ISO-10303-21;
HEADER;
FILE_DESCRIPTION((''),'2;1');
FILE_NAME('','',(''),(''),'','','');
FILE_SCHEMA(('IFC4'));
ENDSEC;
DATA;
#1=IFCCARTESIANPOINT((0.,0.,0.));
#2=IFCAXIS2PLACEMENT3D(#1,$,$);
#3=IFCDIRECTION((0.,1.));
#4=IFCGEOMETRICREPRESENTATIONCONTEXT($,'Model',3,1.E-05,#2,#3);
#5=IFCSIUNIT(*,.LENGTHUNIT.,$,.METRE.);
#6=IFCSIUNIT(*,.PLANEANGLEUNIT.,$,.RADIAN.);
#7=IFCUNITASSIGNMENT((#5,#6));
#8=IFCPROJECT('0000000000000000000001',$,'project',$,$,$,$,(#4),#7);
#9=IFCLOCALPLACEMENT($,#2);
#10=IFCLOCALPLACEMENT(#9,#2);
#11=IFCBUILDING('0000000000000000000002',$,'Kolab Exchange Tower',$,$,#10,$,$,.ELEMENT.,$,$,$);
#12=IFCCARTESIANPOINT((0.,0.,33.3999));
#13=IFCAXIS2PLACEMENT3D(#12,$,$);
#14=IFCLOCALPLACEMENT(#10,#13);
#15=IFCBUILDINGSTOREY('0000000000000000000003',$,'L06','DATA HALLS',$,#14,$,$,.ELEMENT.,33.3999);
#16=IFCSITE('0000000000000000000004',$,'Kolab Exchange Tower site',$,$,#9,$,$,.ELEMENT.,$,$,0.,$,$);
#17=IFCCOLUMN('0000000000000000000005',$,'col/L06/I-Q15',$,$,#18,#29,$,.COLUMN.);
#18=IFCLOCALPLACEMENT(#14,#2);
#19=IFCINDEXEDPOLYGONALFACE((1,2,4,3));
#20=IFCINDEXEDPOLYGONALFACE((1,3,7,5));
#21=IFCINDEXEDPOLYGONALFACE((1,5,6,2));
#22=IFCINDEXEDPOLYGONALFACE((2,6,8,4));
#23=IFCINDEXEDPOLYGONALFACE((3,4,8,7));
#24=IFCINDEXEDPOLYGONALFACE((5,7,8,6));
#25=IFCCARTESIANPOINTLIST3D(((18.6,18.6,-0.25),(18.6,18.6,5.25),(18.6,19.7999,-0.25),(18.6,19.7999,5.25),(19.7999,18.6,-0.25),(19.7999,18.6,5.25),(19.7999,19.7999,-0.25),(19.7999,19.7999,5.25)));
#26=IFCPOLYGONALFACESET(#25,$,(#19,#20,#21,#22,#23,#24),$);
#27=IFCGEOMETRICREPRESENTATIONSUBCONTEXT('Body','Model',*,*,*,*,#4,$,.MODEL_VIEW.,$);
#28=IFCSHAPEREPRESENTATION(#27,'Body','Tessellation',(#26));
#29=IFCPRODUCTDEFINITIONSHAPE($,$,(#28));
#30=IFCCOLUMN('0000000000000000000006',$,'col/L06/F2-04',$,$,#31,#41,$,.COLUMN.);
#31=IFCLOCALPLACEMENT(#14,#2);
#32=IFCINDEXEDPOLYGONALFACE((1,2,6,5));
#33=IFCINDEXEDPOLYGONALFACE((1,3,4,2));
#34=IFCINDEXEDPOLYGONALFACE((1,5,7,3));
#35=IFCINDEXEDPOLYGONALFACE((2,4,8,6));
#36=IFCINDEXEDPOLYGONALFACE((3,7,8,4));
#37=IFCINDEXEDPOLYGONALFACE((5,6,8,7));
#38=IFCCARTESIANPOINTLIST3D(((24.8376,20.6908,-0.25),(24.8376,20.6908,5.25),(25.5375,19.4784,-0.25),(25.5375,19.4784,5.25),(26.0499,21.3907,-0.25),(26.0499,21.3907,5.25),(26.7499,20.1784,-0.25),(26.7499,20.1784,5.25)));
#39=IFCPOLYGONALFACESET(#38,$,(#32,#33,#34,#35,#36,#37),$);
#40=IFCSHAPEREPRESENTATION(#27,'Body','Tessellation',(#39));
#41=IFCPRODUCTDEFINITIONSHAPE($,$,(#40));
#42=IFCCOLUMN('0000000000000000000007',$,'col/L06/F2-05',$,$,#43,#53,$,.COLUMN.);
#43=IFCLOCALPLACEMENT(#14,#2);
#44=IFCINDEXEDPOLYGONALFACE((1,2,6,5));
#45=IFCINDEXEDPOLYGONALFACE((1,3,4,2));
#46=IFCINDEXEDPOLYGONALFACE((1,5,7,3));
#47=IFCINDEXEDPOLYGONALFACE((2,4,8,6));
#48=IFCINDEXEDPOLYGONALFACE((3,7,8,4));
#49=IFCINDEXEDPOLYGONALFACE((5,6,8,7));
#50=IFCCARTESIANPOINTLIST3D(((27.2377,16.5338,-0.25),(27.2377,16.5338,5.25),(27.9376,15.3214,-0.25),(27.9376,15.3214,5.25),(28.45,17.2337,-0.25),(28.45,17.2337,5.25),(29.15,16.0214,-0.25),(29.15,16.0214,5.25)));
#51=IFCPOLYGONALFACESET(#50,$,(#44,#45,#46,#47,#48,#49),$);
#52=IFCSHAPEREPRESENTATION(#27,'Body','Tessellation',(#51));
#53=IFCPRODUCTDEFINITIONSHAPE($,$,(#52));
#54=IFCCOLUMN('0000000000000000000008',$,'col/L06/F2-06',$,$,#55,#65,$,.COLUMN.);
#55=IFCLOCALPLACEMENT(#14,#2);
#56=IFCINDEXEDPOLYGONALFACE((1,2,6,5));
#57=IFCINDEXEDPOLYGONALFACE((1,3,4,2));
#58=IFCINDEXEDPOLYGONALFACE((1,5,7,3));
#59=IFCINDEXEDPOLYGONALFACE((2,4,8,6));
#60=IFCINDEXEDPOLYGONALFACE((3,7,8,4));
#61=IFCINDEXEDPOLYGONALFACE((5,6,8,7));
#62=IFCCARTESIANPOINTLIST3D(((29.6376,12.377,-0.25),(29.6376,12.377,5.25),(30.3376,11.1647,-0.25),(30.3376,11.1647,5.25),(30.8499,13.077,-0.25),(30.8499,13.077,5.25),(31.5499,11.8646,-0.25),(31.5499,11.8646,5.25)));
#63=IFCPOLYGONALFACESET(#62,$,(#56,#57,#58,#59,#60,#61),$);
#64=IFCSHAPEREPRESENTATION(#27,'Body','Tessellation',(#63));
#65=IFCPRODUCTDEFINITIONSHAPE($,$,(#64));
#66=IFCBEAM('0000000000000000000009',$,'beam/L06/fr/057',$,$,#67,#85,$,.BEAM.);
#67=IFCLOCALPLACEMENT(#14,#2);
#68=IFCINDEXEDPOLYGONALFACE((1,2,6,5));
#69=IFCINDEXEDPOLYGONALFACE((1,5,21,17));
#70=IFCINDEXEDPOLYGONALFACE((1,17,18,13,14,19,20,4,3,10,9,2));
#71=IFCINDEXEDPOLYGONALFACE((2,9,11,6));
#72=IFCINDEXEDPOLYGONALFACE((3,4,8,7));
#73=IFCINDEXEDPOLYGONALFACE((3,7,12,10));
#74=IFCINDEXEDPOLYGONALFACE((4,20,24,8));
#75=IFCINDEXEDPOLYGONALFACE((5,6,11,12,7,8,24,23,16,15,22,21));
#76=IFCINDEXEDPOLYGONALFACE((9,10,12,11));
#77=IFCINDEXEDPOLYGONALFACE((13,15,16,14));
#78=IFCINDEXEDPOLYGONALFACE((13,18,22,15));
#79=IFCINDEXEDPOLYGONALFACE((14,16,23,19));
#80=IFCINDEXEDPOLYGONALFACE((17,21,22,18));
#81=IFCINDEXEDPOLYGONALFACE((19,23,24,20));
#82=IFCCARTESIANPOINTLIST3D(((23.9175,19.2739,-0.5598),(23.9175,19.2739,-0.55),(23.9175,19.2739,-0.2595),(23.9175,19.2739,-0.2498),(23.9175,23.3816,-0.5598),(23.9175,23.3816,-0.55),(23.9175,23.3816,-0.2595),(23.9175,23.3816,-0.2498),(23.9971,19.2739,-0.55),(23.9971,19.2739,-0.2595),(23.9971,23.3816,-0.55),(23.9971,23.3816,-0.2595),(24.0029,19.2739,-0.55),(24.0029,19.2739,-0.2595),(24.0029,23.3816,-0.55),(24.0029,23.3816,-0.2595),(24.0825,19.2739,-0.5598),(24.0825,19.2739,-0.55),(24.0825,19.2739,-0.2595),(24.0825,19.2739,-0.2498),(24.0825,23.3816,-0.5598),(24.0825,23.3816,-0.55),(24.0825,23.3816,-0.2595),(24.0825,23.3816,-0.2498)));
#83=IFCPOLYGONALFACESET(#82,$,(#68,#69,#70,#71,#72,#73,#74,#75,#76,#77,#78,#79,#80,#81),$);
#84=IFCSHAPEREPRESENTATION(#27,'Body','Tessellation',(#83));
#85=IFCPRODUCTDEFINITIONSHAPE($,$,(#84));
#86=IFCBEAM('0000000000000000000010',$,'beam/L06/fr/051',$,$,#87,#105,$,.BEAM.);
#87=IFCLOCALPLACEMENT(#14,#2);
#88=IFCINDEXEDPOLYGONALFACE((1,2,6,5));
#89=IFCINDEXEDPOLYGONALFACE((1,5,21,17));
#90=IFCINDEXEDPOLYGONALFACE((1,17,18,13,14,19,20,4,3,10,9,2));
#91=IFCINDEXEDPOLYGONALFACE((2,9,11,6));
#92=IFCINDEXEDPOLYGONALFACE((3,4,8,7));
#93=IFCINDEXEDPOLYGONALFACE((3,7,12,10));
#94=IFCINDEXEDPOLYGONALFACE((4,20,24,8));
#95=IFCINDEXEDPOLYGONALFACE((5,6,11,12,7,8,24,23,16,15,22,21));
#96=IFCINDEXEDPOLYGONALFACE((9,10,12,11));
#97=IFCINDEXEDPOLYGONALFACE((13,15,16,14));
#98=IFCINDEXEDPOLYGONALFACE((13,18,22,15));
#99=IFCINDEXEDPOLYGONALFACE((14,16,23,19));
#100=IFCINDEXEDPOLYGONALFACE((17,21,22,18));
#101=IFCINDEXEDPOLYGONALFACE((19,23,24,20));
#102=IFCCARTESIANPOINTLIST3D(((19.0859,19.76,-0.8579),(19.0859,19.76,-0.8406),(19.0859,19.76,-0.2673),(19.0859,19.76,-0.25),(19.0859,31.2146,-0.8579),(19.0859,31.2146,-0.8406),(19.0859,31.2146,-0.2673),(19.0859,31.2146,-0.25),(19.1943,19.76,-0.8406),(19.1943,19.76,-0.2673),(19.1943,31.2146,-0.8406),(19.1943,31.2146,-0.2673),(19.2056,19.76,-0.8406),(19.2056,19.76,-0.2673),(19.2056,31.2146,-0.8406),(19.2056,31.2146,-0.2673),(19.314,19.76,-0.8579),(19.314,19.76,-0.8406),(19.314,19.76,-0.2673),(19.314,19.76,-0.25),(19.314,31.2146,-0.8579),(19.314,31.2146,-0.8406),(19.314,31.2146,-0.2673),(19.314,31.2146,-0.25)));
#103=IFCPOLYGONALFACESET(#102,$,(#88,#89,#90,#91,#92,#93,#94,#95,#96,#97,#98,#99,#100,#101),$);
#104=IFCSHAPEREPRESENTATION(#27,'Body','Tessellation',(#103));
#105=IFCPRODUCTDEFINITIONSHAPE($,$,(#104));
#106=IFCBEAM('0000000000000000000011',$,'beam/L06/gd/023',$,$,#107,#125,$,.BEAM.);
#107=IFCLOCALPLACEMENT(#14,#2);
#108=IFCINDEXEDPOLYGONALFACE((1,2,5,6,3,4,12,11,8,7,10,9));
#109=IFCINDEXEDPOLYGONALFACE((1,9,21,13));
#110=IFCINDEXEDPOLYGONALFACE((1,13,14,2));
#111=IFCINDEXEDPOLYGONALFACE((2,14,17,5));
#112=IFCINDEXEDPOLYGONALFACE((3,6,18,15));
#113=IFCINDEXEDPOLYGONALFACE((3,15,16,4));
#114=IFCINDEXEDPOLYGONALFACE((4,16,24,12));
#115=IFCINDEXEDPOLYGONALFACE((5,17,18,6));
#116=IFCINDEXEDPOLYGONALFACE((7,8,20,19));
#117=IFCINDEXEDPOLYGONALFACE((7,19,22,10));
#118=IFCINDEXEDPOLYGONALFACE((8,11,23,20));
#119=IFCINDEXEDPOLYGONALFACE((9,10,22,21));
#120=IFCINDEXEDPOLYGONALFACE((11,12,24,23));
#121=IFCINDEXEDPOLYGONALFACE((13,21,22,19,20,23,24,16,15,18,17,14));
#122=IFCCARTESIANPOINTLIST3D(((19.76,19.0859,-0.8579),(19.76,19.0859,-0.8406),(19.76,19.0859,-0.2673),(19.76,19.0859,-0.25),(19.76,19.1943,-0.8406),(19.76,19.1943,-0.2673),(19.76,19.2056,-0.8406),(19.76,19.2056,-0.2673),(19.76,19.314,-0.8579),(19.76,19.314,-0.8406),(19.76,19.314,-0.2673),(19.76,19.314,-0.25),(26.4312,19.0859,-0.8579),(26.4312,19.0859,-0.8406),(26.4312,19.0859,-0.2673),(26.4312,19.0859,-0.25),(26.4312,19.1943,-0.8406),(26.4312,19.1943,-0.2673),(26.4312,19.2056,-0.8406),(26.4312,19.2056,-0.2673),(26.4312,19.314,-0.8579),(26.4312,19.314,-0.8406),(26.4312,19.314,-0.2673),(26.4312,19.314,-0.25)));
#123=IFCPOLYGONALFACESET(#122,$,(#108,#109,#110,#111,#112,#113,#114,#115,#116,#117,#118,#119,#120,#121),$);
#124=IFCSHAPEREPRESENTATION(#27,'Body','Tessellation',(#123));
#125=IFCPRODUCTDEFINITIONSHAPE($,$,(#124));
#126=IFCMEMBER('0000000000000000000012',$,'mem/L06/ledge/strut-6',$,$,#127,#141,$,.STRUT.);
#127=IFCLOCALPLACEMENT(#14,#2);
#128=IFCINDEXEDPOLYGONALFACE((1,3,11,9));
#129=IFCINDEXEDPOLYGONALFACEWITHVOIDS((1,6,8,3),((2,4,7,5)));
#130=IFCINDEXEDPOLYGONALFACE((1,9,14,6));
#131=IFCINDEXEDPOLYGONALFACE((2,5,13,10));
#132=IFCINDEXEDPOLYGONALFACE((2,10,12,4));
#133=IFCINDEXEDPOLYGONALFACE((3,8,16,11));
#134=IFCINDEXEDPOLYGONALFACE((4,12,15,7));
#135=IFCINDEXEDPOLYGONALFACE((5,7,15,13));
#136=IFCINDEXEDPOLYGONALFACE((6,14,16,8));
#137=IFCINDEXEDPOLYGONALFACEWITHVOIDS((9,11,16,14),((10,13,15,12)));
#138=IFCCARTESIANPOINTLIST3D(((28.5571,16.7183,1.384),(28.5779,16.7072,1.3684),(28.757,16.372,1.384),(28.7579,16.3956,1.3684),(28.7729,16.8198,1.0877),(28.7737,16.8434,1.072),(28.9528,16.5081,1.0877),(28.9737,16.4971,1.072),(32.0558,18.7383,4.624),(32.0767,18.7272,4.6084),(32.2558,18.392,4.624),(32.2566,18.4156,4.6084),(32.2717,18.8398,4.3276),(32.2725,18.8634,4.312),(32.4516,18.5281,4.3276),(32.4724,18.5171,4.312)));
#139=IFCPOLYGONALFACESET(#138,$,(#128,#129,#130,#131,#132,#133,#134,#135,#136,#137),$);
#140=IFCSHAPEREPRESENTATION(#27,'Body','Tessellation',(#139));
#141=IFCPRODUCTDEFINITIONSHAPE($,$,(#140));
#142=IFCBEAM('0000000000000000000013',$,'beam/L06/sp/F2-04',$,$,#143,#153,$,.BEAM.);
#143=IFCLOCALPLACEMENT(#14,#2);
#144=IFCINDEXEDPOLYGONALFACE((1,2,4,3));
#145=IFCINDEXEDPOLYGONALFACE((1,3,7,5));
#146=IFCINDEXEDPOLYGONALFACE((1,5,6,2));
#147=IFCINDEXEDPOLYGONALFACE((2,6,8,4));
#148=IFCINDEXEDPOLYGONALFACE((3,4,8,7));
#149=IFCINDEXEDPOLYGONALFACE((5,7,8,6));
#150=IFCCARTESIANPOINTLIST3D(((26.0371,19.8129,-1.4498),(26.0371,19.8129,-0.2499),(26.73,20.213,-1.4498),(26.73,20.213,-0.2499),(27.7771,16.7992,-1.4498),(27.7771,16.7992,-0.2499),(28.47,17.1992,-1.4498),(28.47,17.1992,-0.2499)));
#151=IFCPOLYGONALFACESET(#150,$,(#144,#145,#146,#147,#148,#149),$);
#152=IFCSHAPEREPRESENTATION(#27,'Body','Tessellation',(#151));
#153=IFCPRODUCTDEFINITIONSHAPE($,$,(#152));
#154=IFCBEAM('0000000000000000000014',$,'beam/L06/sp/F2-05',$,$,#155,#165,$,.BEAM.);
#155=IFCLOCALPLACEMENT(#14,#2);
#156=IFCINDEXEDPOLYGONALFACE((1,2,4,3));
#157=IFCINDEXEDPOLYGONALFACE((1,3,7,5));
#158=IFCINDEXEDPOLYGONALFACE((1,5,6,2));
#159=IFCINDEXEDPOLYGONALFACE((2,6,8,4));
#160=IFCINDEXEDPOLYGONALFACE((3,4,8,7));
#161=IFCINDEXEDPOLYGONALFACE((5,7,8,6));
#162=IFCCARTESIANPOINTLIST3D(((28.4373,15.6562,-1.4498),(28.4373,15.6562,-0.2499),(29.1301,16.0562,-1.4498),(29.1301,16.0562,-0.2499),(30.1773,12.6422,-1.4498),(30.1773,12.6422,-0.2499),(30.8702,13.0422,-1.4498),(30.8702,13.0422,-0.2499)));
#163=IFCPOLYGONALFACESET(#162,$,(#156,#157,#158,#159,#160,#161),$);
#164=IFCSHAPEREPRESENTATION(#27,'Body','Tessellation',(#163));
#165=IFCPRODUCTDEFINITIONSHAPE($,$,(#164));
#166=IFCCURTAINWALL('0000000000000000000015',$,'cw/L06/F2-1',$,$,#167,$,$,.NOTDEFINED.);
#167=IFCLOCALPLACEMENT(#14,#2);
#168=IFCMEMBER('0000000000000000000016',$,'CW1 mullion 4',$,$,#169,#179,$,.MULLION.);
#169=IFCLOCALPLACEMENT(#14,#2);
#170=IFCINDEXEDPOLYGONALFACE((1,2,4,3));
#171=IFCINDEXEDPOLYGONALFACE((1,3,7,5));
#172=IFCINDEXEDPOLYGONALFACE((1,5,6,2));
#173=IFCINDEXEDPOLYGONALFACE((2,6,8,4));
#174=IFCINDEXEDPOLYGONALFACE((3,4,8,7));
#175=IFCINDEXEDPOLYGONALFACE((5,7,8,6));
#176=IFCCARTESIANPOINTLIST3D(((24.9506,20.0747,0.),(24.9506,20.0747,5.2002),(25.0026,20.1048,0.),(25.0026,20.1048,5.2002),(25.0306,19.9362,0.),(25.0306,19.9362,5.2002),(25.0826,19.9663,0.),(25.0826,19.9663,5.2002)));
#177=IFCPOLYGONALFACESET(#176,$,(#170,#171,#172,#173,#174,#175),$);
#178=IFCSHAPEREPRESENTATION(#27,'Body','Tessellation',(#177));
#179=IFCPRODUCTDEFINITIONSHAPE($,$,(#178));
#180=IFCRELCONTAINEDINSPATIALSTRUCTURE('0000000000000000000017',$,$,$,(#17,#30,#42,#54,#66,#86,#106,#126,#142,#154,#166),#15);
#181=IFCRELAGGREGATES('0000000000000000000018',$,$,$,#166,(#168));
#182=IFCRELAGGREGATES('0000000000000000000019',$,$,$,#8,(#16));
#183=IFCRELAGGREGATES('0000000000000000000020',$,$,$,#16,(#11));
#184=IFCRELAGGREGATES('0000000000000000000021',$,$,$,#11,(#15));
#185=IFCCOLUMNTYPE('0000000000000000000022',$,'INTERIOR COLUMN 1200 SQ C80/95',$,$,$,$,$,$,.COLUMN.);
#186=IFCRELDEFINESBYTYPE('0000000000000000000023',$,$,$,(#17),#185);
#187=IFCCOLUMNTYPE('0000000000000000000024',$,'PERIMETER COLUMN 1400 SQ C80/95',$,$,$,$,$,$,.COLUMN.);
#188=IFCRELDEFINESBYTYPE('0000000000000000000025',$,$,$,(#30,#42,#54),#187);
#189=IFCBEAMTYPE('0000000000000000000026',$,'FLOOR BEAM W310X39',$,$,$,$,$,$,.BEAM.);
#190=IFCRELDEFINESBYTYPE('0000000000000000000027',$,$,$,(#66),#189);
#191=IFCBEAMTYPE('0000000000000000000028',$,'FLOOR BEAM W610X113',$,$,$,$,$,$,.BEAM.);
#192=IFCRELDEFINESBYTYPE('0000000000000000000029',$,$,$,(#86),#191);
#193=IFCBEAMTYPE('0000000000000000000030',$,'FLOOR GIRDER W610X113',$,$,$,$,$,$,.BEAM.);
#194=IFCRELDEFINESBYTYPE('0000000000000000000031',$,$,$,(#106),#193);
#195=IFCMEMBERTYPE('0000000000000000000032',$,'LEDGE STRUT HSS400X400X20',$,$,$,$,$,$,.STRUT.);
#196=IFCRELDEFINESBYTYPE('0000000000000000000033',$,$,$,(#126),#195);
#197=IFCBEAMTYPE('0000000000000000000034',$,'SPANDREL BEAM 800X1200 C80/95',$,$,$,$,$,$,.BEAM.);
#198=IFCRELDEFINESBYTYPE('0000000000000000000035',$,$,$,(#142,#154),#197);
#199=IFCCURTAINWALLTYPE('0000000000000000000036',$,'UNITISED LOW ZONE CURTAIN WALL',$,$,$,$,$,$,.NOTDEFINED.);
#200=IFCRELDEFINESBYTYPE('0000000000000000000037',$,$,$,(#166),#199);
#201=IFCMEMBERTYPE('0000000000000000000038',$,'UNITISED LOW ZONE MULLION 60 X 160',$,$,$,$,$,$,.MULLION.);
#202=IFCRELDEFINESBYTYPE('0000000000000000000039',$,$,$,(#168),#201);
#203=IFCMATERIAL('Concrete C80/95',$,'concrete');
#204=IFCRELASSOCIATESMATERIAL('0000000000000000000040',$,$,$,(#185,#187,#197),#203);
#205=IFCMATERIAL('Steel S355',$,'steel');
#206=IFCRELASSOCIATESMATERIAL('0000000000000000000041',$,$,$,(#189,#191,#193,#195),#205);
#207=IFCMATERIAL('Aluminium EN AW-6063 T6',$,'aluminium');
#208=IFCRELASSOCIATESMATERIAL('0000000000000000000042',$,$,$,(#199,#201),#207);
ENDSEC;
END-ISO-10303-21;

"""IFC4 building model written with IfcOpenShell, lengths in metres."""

from ifc_helpers import new_model, si_unit, direction, frame, origin, origin_2d, place, context, subcontext, project, spatial, rectangle, hollow_rectangle, i_section, extrude, material, material_profile, profile_set, type_object, element, aggregate, save


model = new_model("IFC4")

# Units and contexts
model_context = context("Model", 3, precision=1e-05, world=origin(), true_north=direction((0.0, 1.0)))
body_context = subcontext(model_context, "Body", "Model", "MODEL_VIEW")
ifc_project = project(units=[si_unit("LENGTHUNIT", "METRE"), si_unit("PLANEANGLEUNIT", "RADIAN")], contexts=[model_context])

# Site, building, storey
site_placement = place(None, origin())
site = spatial("IfcSite", under=ifc_project, at=site_placement, Name="Kolab Exchange Tower site", CompositionType="ELEMENT", RefElevation=0.0)
building_placement = place(site_placement, origin())
building = spatial("IfcBuilding", under=site, at=building_placement, Name="Kolab Exchange Tower", CompositionType="ELEMENT")
storey_placement = place(building_placement, frame((0.0, 0.0, 33.3999)))
storey = spatial("IfcBuildingStorey", under=building, at=storey_placement, Name="L06", Description="DATA HALLS", CompositionType="ELEMENT", Elevation=33.3999)

# Columns
ifc_material_1 = material(Name="Concrete C80/95", Category="concrete")
ifc_material_profile_1 = material_profile(ifc_material_1, rectangle(XDim=1.2, YDim=1.2, at=origin_2d()), Name="RC1200")
ifc_profile_set_1 = profile_set([ifc_material_profile_1], Name="Concrete C80/95")
column_type_1 = type_object("IfcColumnType", Name="INTERIOR COLUMN 1200 SQ C80/95", PredefinedType="COLUMN", material=ifc_profile_set_1)
column_placement = place(storey_placement, frame((19.2, 19.2, -0.25), z_axis=(0.0, 0.0, 1.0), x_axis=(1.0, 0.0, 0.0)))
element("IfcColumn", 1, at=column_placement, inside=storey, type_object=column_type_1, Name="col/L06/I-Q15", PredefinedType="COLUMN", context=body_context, shape_type="SweptSolid", body=[
    extrude(rectangle(XDim=1.2, YDim=1.2, at=origin_2d()), origin(), (0.0, 0.0, 1.0), 5.5),
])
ifc_material_profile_2 = material_profile(ifc_material_1, rectangle(XDim=1.3999, YDim=1.3999, at=origin_2d()), Name="RC1400")
ifc_profile_set_2 = profile_set([ifc_material_profile_2], Name="Concrete C80/95")
column_type_2 = type_object("IfcColumnType", Name="PERIMETER COLUMN 1400 SQ C80/95", PredefinedType="COLUMN", material=ifc_profile_set_2)
for number, where, z_axis, x_axis, name in (
    (2, (25.7937, 20.4346, -0.25), (0.0, 0.0, 1.0), (0.866025, 0.5, 0.0), "col/L06/F2-04"),
    (3, (28.1938, 16.2776, -0.25), (0.0, 0.0, 1.0), (0.866025, 0.5, 0.0), "col/L06/F2-05"),
    (4, (30.5938, 12.1208, -0.25), (0.0, 0.0, 1.0), (0.866025, 0.5, 0.0), "col/L06/F2-06"),
):
    element("IfcColumn", number, at=place(storey_placement, frame(where, z_axis=z_axis, x_axis=x_axis)), inside=storey, type_object=column_type_2, Name=name, PredefinedType="COLUMN", context=body_context, shape_type="SweptSolid", body=[
        extrude(rectangle(XDim=1.3999, YDim=1.3999, at=origin_2d()), origin(), (0.0, 0.0, 1.0), 5.5),
    ])

# Beams
ifc_material_2 = material(Name="Steel S355", Category="steel")
ifc_material_profile_3 = material_profile(ifc_material_2, i_section(OverallWidth=0.165, OverallDepth=0.3101, WebThickness=0.0059, FlangeThickness=0.0098, at=origin_2d()), Name="W310X39")
ifc_profile_set_3 = profile_set([ifc_material_profile_3], Name="Steel S355")
beam_type_1 = type_object("IfcBeamType", Name="FLOOR BEAM W310X39", PredefinedType="BEAM", material=ifc_profile_set_3)
beam_1_placement = place(storey_placement, frame((24.0, 19.2739, -0.4048), z_axis=(0.0, 1.0, 0.0), x_axis=(-1.0, 0.0, 0.0)))
element("IfcBeam", 5, at=beam_1_placement, inside=storey, type_object=beam_type_1, Name="beam/L06/fr/057", PredefinedType="BEAM", context=body_context, shape_type="SweptSolid", body=[
    extrude(i_section(OverallWidth=0.165, OverallDepth=0.3101, WebThickness=0.0059, FlangeThickness=0.0098, at=origin_2d()), origin(), (0.0, 0.0, 1.0), 4.1077),
])
ifc_material_profile_4 = material_profile(ifc_material_2, i_section(OverallWidth=0.228, OverallDepth=0.6079, WebThickness=0.0112, FlangeThickness=0.0173, at=origin_2d()), Name="W610X113")
ifc_profile_set_4 = profile_set([ifc_material_profile_4], Name="Steel S355")
beam_type_2 = type_object("IfcBeamType", Name="FLOOR BEAM W610X113", PredefinedType="BEAM", material=ifc_profile_set_4)
beam_2_placement = place(storey_placement, frame((19.2, 19.76, -0.554), z_axis=(0.0, 1.0, 0.0), x_axis=(-1.0, 0.0, 0.0)))
element("IfcBeam", 6, at=beam_2_placement, inside=storey, type_object=beam_type_2, Name="beam/L06/fr/051", PredefinedType="BEAM", context=body_context, shape_type="SweptSolid", body=[
    extrude(i_section(OverallWidth=0.228, OverallDepth=0.6079, WebThickness=0.0112, FlangeThickness=0.0173, at=origin_2d()), origin(), (0.0, 0.0, 1.0), 11.4546),
])
ifc_material_profile_5 = material_profile(ifc_material_2, i_section(OverallWidth=0.228, OverallDepth=0.6079, WebThickness=0.0112, FlangeThickness=0.0173, at=origin_2d()), Name="W610X113")
ifc_profile_set_5 = profile_set([ifc_material_profile_5], Name="Steel S355")
beam_type_3 = type_object("IfcBeamType", Name="FLOOR GIRDER W610X113", PredefinedType="BEAM", material=ifc_profile_set_5)
beam_3_placement = place(storey_placement, frame((19.76, 19.2, -0.554), z_axis=(1.0, 0.0, 0.0), x_axis=(0.0, 1.0, 0.0)))
element("IfcBeam", 7, at=beam_3_placement, inside=storey, type_object=beam_type_3, Name="beam/L06/gd/023", PredefinedType="BEAM", context=body_context, shape_type="SweptSolid", body=[
    extrude(i_section(OverallWidth=0.228, OverallDepth=0.6079, WebThickness=0.0112, FlangeThickness=0.0173, at=origin_2d()), origin(), (0.0, 0.0, 1.0), 6.6711),
])

# Member
ifc_material_profile_6 = material_profile(ifc_material_2, hollow_rectangle(XDim=0.3999, YDim=0.3999, WallThickness=0.02, at=origin_2d()), Name="HSS400X400X20")
ifc_profile_set_6 = profile_set([ifc_material_profile_6], Name="Steel S355")
member_type_1 = type_object("IfcMemberType", Name="LEDGE STRUT HSS400X400X20", PredefinedType="STRUT", material=ifc_profile_set_6)
member_1_placement = place(storey_placement, frame((28.7654, 16.6077, 1.228), z_axis=(0.675603, 0.390059, 0.625631), x_axis=(-0.5, 0.866026, 0.0)))
element("IfcMember", 8, at=member_1_placement, inside=storey, type_object=member_type_1, Name="mem/L06/ledge/strut-6", PredefinedType="STRUT", context=body_context, shape_type="SweptSolid", body=[
    extrude(hollow_rectangle(XDim=0.3999, YDim=0.3999, WallThickness=0.02, at=origin_2d()), origin(), (0.0, 0.0, 1.0), 5.1787),
])

# Beams
ifc_material_profile_7 = material_profile(ifc_material_1, rectangle(XDim=0.8, YDim=1.2, at=origin_2d()), Name="RC800X1200")
ifc_profile_set_7 = profile_set([ifc_material_profile_7], Name="Concrete C80/95")
beam_type_4 = type_object("IfcBeamType", Name="SPANDREL BEAM 800X1200 C80/95", PredefinedType="BEAM", material=ifc_profile_set_7)
beam_4_placement = place(storey_placement, frame((26.3835, 20.0129, -0.8499), z_axis=(0.50001, -0.86602, 0.0), x_axis=(0.86602, 0.50001, 0.0)))
element("IfcBeam", 9, at=beam_4_placement, inside=storey, type_object=beam_type_4, Name="beam/L06/sp/F2-04", PredefinedType="BEAM", context=body_context, shape_type="SweptSolid", body=[
    extrude(rectangle(XDim=0.8, YDim=1.2, at=origin_2d()), origin(), (0.0, 0.0, 1.0), 3.48),
])
beam_5_placement = place(storey_placement, frame((28.7837, 15.8562, -0.8499), z_axis=(0.49998, -0.866037, 0.0), x_axis=(0.866037, 0.49998, 0.0)))
element("IfcBeam", 10, at=beam_5_placement, inside=storey, type_object=beam_type_4, Name="beam/L06/sp/F2-05", PredefinedType="BEAM", context=body_context, shape_type="SweptSolid", body=[
    extrude(rectangle(XDim=0.8, YDim=1.2, at=origin_2d()), origin(), (0.0, 0.0, 1.0), 3.4802),
])

# Curtain wall, member
ifc_material_3 = material(Name="Aluminium EN AW-6063 T6", Category="aluminium")
curtain_wall_type = type_object("IfcCurtainWallType", Name="UNITISED LOW ZONE CURTAIN WALL", PredefinedType="NOTDEFINED", material=ifc_material_3)
curtain_wall_1_placement = place(storey_placement, origin())
curtain_wall_1 = element("IfcCurtainWall", 11, at=curtain_wall_1_placement, inside=storey, type_object=curtain_wall_type, Name="cw/L06/F2-1", PredefinedType="NOTDEFINED")
ifc_material_profile_8 = material_profile(ifc_material_3, rectangle(XDim=0.0601, YDim=0.1599, at=origin_2d()), Name="RECT 60X160")
ifc_profile_set_8 = profile_set([ifc_material_profile_8], Name="Aluminium EN AW-6063 T6")
member_type_2 = type_object("IfcMemberType", Name="UNITISED LOW ZONE MULLION 60 X 160", PredefinedType="MULLION", material=ifc_profile_set_8)
member_2_placement = place(storey_placement, frame((25.0166, 20.0205, 0.0), z_axis=(0.0, 0.0, 1.0), x_axis=(0.866025, 0.5, 0.0)))
member_2 = element("IfcMember", 12, at=member_2_placement, type_object=member_type_2, Name="CW1 mullion 4", PredefinedType="MULLION", context=body_context, shape_type="SweptSolid", body=[
    extrude(rectangle(XDim=0.0601, YDim=0.1599, at=origin_2d()), origin(), (0.0, 0.0, 1.0), 5.2002),
])

aggregate(curtain_wall_1, [member_2])

save(model, "model.ifc")
